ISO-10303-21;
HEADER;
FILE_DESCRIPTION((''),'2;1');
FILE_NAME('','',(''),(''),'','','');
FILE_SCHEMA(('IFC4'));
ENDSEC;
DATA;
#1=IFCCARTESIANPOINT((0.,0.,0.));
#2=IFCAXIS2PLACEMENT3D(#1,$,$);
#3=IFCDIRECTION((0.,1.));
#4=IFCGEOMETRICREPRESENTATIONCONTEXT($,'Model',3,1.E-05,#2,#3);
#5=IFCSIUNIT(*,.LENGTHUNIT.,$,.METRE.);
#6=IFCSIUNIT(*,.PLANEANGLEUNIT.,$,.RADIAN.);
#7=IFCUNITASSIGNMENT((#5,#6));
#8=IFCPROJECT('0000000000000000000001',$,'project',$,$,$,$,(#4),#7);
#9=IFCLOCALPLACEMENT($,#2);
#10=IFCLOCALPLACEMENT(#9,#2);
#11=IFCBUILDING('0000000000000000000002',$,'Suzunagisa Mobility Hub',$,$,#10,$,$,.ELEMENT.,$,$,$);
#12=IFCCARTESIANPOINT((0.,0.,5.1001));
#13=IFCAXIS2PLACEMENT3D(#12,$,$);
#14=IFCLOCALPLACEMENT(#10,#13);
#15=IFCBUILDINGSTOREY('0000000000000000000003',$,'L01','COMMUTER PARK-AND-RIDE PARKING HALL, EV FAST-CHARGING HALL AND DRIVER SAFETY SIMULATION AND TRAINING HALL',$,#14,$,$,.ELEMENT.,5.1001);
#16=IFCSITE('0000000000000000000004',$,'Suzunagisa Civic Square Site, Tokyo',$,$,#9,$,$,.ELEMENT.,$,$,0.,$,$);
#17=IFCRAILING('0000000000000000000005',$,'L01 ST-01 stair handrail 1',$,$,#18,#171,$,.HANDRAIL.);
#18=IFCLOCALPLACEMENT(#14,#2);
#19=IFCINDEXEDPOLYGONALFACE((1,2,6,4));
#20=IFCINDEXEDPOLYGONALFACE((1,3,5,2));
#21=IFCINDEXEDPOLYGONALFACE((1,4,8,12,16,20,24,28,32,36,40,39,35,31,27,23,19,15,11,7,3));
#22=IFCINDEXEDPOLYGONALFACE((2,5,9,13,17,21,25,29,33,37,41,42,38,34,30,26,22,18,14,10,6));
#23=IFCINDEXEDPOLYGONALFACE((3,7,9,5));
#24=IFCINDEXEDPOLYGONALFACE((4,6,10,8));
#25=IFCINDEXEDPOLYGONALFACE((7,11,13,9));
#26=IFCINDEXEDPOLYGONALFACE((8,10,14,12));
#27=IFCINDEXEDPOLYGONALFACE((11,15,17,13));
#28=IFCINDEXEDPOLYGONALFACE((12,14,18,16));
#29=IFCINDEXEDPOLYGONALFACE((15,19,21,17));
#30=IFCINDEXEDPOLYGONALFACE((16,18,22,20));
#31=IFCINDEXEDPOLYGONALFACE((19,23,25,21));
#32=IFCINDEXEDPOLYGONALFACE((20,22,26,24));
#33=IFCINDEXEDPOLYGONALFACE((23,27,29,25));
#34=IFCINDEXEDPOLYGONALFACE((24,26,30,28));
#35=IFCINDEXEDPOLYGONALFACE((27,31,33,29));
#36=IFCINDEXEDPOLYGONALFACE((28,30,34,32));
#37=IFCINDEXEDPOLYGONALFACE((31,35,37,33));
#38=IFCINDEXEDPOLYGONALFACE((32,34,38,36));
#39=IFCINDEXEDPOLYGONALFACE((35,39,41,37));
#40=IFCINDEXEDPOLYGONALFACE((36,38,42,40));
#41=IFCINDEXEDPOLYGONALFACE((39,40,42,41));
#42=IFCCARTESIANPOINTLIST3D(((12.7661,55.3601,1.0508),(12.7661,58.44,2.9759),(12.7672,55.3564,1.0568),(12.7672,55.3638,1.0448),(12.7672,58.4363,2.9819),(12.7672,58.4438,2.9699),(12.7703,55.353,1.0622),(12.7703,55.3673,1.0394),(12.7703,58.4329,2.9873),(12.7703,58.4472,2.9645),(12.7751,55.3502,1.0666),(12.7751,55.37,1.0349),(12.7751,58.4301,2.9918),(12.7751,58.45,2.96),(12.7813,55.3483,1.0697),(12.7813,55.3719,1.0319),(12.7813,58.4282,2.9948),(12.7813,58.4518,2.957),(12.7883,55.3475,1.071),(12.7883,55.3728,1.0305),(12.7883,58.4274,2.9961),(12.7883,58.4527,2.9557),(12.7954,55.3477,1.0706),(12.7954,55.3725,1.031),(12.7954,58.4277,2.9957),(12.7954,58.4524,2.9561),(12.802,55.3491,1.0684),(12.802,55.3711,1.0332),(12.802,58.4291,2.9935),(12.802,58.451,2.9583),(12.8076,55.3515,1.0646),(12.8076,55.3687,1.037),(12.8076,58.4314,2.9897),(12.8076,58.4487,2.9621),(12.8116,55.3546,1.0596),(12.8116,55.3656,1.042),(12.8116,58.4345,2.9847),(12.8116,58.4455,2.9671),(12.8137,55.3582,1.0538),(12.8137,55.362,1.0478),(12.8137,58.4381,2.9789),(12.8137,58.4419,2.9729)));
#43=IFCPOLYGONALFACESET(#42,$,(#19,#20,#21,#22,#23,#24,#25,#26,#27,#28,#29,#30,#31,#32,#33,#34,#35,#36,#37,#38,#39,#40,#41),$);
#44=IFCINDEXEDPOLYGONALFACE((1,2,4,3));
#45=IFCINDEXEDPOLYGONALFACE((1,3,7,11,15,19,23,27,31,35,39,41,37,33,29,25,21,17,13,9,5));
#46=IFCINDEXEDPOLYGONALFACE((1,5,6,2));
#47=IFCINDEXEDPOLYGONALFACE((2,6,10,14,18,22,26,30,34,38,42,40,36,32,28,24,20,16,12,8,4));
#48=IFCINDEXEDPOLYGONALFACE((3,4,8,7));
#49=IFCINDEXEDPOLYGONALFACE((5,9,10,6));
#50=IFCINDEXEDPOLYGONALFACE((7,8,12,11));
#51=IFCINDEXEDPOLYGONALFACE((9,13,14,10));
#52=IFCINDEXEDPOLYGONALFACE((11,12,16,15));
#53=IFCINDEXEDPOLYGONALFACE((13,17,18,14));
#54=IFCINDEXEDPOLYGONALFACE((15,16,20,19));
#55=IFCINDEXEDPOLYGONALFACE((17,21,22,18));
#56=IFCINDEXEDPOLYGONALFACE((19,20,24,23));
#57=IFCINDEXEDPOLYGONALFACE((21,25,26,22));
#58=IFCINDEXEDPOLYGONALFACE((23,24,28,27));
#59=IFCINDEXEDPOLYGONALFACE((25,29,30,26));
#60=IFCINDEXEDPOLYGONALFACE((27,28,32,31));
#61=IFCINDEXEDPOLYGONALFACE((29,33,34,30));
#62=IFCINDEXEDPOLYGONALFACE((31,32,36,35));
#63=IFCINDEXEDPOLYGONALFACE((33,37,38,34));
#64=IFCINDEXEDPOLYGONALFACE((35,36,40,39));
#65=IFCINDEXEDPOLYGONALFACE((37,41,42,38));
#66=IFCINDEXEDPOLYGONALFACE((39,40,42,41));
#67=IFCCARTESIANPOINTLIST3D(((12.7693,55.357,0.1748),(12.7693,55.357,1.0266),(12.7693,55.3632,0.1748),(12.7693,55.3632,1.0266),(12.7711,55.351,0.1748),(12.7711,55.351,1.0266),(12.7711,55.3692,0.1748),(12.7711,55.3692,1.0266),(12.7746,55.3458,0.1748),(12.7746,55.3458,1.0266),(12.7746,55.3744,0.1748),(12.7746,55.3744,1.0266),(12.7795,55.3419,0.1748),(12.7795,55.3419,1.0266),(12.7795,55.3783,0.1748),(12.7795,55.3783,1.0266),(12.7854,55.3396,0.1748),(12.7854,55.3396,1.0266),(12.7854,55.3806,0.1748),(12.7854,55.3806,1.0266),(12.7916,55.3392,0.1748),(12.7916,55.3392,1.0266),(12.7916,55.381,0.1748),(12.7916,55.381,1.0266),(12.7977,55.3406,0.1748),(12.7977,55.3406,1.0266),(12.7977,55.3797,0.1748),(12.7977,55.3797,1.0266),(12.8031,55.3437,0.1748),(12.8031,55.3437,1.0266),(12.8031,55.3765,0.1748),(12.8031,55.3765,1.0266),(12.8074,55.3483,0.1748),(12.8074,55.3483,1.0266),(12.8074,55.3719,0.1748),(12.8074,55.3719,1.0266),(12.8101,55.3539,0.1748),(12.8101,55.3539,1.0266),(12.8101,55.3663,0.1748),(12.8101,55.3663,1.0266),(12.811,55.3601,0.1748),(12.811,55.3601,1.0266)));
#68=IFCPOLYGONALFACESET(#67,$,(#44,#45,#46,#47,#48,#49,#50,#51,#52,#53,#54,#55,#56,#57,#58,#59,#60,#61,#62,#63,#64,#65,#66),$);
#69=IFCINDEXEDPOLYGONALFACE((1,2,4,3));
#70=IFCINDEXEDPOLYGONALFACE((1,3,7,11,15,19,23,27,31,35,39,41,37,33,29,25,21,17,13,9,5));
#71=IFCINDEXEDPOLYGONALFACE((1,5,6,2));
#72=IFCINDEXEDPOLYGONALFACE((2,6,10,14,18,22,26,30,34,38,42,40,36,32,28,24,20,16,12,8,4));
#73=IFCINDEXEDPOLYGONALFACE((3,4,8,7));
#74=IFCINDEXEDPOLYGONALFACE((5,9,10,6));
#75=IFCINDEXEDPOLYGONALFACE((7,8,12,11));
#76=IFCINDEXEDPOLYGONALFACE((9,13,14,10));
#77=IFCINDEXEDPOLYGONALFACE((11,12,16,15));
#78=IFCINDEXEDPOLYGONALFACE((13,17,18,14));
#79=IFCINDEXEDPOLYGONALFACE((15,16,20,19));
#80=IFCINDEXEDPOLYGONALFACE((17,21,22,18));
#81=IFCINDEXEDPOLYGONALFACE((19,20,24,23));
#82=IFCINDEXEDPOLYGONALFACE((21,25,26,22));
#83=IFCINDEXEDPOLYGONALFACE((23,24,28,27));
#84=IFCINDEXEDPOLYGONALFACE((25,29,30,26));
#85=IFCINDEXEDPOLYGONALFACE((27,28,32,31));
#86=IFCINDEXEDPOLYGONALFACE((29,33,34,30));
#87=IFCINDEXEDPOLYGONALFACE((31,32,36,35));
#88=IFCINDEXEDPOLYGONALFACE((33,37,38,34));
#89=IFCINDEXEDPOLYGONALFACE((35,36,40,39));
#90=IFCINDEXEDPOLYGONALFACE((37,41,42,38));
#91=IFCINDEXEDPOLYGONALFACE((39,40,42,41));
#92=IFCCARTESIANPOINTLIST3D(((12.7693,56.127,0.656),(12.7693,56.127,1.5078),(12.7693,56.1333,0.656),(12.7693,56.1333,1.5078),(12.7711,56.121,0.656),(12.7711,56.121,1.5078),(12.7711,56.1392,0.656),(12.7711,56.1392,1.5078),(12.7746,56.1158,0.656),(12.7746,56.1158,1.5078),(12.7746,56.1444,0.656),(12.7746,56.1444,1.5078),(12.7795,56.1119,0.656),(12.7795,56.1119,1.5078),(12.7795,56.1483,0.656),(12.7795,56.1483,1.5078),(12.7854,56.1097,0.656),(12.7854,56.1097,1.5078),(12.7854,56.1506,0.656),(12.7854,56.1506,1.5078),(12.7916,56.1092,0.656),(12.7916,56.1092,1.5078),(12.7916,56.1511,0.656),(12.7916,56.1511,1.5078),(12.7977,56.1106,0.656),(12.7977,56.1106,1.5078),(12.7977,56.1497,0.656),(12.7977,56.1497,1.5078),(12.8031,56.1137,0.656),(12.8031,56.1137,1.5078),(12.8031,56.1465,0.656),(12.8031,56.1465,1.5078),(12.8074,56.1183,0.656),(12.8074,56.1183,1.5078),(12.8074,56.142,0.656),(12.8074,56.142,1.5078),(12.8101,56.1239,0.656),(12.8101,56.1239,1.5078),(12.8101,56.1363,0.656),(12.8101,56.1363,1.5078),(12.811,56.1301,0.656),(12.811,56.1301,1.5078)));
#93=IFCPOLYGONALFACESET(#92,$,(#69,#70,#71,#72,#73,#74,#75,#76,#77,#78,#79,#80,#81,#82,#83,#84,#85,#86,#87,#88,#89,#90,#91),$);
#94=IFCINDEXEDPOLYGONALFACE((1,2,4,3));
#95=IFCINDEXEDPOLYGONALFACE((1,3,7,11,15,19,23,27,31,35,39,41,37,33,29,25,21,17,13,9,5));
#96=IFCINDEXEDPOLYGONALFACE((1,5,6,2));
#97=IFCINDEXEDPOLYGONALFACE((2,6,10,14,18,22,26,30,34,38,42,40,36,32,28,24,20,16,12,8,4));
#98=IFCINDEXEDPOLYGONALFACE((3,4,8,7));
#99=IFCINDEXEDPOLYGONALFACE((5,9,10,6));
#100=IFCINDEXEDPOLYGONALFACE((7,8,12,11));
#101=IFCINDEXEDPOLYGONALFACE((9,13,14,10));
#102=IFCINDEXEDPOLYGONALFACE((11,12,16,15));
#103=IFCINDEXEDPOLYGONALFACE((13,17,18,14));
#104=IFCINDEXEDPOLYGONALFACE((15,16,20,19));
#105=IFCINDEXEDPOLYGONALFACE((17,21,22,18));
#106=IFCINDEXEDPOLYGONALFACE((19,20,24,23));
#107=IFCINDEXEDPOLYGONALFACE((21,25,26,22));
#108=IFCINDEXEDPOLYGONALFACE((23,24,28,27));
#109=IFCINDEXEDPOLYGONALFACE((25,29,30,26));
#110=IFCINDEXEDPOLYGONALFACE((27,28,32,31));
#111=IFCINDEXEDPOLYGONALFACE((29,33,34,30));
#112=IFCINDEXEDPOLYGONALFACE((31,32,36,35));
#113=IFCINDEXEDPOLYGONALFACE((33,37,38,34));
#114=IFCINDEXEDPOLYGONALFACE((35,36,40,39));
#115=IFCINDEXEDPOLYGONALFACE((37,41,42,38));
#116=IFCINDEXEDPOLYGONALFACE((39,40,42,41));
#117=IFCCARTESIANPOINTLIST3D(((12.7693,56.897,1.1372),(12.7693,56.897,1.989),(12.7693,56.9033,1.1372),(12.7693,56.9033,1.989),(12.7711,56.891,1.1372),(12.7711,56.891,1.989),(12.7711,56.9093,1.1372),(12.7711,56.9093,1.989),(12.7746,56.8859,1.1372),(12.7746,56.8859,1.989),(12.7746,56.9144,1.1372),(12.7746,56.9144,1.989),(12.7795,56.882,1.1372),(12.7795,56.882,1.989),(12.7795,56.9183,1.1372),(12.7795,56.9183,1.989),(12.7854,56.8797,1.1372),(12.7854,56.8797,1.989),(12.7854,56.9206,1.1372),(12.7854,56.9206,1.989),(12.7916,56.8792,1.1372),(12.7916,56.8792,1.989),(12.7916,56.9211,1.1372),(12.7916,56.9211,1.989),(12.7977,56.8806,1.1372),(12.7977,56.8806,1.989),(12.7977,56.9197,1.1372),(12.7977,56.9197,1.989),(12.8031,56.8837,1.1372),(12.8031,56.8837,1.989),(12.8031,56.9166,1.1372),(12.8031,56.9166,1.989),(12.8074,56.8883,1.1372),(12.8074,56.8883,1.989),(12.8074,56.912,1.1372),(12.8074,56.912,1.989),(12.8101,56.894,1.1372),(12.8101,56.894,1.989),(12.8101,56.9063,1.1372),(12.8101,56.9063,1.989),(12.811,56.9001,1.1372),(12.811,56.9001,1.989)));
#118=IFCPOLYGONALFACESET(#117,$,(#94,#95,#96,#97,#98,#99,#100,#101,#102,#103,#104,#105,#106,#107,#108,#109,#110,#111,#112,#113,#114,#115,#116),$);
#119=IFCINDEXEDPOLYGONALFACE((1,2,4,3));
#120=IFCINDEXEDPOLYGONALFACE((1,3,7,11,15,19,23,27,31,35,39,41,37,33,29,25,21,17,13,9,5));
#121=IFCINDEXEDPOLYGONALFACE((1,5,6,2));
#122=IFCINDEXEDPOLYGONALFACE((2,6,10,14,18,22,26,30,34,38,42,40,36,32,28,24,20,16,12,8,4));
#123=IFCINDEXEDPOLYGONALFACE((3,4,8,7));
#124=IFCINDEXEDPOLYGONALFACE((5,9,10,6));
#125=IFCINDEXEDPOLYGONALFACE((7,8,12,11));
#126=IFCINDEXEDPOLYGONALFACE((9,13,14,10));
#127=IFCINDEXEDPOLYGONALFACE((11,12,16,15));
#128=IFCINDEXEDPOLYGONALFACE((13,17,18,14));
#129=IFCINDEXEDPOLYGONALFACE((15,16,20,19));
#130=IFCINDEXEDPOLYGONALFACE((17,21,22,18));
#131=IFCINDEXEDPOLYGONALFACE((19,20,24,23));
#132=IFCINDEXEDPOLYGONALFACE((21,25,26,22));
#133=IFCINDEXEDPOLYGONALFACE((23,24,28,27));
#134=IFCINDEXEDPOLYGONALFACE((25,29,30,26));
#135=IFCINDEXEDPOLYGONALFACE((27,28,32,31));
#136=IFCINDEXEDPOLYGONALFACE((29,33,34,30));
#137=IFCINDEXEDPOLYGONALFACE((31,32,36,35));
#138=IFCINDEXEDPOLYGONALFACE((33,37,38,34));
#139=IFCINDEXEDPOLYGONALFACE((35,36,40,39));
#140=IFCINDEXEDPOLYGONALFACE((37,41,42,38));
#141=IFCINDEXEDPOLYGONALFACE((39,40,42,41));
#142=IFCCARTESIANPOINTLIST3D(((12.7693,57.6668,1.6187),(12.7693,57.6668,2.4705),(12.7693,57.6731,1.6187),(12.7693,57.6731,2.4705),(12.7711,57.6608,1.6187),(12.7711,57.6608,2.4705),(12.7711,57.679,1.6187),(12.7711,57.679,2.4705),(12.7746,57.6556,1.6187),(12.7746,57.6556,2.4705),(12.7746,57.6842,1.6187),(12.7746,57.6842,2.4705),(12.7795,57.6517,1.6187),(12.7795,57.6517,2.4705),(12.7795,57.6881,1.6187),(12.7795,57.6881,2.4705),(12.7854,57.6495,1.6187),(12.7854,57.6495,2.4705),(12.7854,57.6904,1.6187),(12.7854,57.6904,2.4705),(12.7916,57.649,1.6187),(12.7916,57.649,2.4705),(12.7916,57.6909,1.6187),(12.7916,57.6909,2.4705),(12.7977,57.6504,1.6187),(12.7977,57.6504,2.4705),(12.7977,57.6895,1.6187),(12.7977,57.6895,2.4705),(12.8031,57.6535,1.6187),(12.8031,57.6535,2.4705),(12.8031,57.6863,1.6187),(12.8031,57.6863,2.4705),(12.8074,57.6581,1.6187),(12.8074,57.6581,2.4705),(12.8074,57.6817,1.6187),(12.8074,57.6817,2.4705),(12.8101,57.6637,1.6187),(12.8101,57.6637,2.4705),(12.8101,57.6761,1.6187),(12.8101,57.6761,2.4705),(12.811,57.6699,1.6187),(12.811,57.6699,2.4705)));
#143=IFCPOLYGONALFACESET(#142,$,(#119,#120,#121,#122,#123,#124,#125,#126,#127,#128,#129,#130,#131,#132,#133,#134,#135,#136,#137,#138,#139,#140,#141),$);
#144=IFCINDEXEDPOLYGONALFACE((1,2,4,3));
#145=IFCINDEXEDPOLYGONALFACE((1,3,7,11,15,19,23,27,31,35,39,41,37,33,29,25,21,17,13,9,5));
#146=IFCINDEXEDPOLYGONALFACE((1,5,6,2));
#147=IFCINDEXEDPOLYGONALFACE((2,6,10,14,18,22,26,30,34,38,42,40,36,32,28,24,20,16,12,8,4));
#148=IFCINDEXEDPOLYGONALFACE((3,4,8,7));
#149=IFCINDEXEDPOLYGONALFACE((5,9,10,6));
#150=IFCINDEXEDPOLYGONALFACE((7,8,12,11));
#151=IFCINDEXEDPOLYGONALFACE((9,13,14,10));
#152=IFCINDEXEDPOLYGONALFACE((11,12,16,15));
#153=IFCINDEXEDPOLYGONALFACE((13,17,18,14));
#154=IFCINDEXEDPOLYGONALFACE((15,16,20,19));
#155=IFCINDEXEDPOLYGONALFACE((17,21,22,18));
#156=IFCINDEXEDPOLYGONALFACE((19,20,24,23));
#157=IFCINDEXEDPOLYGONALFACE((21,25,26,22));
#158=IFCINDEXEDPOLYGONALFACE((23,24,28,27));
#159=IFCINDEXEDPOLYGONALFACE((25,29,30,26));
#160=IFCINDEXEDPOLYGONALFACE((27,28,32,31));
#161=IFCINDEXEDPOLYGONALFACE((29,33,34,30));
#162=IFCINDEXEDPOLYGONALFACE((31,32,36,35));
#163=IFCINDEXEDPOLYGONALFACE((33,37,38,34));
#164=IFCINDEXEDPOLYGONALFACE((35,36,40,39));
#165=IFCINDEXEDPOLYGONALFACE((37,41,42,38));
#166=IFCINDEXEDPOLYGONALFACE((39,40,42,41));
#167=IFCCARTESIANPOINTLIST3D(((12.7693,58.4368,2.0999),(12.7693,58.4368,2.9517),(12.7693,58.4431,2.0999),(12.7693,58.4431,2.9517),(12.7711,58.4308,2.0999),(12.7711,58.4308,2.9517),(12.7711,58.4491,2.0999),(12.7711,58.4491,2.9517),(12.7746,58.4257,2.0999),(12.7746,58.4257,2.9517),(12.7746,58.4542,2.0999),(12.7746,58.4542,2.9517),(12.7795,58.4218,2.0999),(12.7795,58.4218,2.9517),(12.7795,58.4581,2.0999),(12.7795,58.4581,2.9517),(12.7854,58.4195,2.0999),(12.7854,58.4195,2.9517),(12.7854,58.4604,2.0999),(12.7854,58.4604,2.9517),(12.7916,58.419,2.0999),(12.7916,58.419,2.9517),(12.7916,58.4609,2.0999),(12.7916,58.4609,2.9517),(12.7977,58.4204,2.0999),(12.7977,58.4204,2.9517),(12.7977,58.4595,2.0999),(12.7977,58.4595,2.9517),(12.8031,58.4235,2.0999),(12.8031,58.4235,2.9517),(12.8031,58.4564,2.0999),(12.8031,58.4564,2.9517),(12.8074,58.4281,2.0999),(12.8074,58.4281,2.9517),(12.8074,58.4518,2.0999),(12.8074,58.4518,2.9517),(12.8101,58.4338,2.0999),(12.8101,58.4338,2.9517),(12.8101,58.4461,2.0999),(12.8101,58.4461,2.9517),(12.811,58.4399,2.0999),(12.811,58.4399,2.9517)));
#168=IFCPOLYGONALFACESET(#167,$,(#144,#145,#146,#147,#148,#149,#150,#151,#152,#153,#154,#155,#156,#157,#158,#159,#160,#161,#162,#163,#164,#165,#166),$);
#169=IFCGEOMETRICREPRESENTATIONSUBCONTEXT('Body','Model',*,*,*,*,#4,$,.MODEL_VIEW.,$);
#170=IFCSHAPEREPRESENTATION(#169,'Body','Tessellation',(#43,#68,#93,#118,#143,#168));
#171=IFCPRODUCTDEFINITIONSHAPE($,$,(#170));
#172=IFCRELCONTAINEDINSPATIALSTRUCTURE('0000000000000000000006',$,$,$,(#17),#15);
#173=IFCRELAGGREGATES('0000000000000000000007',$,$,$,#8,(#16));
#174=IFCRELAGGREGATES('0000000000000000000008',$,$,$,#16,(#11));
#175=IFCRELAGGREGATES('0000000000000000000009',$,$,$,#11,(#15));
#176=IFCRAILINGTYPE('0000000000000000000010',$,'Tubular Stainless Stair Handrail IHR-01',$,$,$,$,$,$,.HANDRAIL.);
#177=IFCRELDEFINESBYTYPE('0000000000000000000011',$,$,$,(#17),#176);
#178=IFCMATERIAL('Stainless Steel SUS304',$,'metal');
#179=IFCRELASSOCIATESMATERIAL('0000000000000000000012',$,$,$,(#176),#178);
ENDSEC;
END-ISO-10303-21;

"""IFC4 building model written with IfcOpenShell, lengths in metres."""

from ifc_helpers import new_model, si_unit, direction, frame, origin, origin_2d, place, context, subcontext, project, spatial, circle, extrude, material, type_object, element, save


model = new_model("IFC4")

# Units and contexts
model_context = context("Model", 3, precision=1e-05, world=origin(), true_north=direction((0.0, 1.0)))
body_context = subcontext(model_context, "Body", "Model", "MODEL_VIEW")
ifc_project = project(units=[si_unit("LENGTHUNIT", "METRE"), si_unit("PLANEANGLEUNIT", "RADIAN")], contexts=[model_context])

# Site, building, storey
site_placement = place(None, origin())
site = spatial("IfcSite", under=ifc_project, at=site_placement, Name="Suzunagisa Civic Square Site, Tokyo", CompositionType="ELEMENT", RefElevation=0.0)
building_placement = place(site_placement, origin())
building = spatial("IfcBuilding", under=site, at=building_placement, Name="Suzunagisa Mobility Hub", CompositionType="ELEMENT")
storey_placement = place(building_placement, frame((0.0, 0.0, 5.1001)))
storey = spatial("IfcBuildingStorey", under=building, at=storey_placement, Name="L01", Description="COMMUTER PARK-AND-RIDE PARKING HALL, EV FAST-CHARGING HALL AND DRIVER SAFETY SIMULATION AND TRAINING HALL", CompositionType="ELEMENT", Elevation=5.1001)

# Shared definitions
ifc_material_1 = material(Name="Stainless Steel SUS304", Category="metal")

# Railing
railing_type_1 = type_object("IfcRailingType", Name="Tubular Stainless Stair Handrail IHR-01", PredefinedType="HANDRAIL", material=ifc_material_1)
railing_1_placement = place(storey_placement, frame((12.79, 55.3601, 0.1748)))
element("IfcRailing", 1, at=railing_1_placement, inside=storey, type_object=railing_type_1, Name="L01 ST-01 stair handrail 1", PredefinedType="HANDRAIL", context=body_context, shape_type="SweptSolid", body=[
    extrude(circle(Radius=0.0239, at=origin_2d()), frame((0.0, 0.0, 0.876), z_axis=(0.0, 0.847979, 0.530029), x_axis=(-1.0, 0.0, 0.0)), (0.0, 0.0, 1.0), 3.6321),
    extrude(circle(Radius=0.021, at=origin_2d()), origin(), (0.0, 0.0, 1.0), 0.8518),
    extrude(circle(Radius=0.021, at=origin_2d()), frame((0.0, 0.77, 0.4812)), (0.0, 0.0, 1.0), 0.8518),
    extrude(circle(Radius=0.021, at=origin_2d()), frame((0.0, 1.54, 0.9624)), (0.0, 0.0, 1.0), 0.8518),
    extrude(circle(Radius=0.021, at=origin_2d()), frame((0.0, 2.3098, 1.4438)), (0.0, 0.0, 1.0), 0.8518),
    extrude(circle(Radius=0.021, at=origin_2d()), frame((0.0, 3.0798, 1.925)), (0.0, 0.0, 1.0), 0.8518),
])

save(model, "model.ifc")
